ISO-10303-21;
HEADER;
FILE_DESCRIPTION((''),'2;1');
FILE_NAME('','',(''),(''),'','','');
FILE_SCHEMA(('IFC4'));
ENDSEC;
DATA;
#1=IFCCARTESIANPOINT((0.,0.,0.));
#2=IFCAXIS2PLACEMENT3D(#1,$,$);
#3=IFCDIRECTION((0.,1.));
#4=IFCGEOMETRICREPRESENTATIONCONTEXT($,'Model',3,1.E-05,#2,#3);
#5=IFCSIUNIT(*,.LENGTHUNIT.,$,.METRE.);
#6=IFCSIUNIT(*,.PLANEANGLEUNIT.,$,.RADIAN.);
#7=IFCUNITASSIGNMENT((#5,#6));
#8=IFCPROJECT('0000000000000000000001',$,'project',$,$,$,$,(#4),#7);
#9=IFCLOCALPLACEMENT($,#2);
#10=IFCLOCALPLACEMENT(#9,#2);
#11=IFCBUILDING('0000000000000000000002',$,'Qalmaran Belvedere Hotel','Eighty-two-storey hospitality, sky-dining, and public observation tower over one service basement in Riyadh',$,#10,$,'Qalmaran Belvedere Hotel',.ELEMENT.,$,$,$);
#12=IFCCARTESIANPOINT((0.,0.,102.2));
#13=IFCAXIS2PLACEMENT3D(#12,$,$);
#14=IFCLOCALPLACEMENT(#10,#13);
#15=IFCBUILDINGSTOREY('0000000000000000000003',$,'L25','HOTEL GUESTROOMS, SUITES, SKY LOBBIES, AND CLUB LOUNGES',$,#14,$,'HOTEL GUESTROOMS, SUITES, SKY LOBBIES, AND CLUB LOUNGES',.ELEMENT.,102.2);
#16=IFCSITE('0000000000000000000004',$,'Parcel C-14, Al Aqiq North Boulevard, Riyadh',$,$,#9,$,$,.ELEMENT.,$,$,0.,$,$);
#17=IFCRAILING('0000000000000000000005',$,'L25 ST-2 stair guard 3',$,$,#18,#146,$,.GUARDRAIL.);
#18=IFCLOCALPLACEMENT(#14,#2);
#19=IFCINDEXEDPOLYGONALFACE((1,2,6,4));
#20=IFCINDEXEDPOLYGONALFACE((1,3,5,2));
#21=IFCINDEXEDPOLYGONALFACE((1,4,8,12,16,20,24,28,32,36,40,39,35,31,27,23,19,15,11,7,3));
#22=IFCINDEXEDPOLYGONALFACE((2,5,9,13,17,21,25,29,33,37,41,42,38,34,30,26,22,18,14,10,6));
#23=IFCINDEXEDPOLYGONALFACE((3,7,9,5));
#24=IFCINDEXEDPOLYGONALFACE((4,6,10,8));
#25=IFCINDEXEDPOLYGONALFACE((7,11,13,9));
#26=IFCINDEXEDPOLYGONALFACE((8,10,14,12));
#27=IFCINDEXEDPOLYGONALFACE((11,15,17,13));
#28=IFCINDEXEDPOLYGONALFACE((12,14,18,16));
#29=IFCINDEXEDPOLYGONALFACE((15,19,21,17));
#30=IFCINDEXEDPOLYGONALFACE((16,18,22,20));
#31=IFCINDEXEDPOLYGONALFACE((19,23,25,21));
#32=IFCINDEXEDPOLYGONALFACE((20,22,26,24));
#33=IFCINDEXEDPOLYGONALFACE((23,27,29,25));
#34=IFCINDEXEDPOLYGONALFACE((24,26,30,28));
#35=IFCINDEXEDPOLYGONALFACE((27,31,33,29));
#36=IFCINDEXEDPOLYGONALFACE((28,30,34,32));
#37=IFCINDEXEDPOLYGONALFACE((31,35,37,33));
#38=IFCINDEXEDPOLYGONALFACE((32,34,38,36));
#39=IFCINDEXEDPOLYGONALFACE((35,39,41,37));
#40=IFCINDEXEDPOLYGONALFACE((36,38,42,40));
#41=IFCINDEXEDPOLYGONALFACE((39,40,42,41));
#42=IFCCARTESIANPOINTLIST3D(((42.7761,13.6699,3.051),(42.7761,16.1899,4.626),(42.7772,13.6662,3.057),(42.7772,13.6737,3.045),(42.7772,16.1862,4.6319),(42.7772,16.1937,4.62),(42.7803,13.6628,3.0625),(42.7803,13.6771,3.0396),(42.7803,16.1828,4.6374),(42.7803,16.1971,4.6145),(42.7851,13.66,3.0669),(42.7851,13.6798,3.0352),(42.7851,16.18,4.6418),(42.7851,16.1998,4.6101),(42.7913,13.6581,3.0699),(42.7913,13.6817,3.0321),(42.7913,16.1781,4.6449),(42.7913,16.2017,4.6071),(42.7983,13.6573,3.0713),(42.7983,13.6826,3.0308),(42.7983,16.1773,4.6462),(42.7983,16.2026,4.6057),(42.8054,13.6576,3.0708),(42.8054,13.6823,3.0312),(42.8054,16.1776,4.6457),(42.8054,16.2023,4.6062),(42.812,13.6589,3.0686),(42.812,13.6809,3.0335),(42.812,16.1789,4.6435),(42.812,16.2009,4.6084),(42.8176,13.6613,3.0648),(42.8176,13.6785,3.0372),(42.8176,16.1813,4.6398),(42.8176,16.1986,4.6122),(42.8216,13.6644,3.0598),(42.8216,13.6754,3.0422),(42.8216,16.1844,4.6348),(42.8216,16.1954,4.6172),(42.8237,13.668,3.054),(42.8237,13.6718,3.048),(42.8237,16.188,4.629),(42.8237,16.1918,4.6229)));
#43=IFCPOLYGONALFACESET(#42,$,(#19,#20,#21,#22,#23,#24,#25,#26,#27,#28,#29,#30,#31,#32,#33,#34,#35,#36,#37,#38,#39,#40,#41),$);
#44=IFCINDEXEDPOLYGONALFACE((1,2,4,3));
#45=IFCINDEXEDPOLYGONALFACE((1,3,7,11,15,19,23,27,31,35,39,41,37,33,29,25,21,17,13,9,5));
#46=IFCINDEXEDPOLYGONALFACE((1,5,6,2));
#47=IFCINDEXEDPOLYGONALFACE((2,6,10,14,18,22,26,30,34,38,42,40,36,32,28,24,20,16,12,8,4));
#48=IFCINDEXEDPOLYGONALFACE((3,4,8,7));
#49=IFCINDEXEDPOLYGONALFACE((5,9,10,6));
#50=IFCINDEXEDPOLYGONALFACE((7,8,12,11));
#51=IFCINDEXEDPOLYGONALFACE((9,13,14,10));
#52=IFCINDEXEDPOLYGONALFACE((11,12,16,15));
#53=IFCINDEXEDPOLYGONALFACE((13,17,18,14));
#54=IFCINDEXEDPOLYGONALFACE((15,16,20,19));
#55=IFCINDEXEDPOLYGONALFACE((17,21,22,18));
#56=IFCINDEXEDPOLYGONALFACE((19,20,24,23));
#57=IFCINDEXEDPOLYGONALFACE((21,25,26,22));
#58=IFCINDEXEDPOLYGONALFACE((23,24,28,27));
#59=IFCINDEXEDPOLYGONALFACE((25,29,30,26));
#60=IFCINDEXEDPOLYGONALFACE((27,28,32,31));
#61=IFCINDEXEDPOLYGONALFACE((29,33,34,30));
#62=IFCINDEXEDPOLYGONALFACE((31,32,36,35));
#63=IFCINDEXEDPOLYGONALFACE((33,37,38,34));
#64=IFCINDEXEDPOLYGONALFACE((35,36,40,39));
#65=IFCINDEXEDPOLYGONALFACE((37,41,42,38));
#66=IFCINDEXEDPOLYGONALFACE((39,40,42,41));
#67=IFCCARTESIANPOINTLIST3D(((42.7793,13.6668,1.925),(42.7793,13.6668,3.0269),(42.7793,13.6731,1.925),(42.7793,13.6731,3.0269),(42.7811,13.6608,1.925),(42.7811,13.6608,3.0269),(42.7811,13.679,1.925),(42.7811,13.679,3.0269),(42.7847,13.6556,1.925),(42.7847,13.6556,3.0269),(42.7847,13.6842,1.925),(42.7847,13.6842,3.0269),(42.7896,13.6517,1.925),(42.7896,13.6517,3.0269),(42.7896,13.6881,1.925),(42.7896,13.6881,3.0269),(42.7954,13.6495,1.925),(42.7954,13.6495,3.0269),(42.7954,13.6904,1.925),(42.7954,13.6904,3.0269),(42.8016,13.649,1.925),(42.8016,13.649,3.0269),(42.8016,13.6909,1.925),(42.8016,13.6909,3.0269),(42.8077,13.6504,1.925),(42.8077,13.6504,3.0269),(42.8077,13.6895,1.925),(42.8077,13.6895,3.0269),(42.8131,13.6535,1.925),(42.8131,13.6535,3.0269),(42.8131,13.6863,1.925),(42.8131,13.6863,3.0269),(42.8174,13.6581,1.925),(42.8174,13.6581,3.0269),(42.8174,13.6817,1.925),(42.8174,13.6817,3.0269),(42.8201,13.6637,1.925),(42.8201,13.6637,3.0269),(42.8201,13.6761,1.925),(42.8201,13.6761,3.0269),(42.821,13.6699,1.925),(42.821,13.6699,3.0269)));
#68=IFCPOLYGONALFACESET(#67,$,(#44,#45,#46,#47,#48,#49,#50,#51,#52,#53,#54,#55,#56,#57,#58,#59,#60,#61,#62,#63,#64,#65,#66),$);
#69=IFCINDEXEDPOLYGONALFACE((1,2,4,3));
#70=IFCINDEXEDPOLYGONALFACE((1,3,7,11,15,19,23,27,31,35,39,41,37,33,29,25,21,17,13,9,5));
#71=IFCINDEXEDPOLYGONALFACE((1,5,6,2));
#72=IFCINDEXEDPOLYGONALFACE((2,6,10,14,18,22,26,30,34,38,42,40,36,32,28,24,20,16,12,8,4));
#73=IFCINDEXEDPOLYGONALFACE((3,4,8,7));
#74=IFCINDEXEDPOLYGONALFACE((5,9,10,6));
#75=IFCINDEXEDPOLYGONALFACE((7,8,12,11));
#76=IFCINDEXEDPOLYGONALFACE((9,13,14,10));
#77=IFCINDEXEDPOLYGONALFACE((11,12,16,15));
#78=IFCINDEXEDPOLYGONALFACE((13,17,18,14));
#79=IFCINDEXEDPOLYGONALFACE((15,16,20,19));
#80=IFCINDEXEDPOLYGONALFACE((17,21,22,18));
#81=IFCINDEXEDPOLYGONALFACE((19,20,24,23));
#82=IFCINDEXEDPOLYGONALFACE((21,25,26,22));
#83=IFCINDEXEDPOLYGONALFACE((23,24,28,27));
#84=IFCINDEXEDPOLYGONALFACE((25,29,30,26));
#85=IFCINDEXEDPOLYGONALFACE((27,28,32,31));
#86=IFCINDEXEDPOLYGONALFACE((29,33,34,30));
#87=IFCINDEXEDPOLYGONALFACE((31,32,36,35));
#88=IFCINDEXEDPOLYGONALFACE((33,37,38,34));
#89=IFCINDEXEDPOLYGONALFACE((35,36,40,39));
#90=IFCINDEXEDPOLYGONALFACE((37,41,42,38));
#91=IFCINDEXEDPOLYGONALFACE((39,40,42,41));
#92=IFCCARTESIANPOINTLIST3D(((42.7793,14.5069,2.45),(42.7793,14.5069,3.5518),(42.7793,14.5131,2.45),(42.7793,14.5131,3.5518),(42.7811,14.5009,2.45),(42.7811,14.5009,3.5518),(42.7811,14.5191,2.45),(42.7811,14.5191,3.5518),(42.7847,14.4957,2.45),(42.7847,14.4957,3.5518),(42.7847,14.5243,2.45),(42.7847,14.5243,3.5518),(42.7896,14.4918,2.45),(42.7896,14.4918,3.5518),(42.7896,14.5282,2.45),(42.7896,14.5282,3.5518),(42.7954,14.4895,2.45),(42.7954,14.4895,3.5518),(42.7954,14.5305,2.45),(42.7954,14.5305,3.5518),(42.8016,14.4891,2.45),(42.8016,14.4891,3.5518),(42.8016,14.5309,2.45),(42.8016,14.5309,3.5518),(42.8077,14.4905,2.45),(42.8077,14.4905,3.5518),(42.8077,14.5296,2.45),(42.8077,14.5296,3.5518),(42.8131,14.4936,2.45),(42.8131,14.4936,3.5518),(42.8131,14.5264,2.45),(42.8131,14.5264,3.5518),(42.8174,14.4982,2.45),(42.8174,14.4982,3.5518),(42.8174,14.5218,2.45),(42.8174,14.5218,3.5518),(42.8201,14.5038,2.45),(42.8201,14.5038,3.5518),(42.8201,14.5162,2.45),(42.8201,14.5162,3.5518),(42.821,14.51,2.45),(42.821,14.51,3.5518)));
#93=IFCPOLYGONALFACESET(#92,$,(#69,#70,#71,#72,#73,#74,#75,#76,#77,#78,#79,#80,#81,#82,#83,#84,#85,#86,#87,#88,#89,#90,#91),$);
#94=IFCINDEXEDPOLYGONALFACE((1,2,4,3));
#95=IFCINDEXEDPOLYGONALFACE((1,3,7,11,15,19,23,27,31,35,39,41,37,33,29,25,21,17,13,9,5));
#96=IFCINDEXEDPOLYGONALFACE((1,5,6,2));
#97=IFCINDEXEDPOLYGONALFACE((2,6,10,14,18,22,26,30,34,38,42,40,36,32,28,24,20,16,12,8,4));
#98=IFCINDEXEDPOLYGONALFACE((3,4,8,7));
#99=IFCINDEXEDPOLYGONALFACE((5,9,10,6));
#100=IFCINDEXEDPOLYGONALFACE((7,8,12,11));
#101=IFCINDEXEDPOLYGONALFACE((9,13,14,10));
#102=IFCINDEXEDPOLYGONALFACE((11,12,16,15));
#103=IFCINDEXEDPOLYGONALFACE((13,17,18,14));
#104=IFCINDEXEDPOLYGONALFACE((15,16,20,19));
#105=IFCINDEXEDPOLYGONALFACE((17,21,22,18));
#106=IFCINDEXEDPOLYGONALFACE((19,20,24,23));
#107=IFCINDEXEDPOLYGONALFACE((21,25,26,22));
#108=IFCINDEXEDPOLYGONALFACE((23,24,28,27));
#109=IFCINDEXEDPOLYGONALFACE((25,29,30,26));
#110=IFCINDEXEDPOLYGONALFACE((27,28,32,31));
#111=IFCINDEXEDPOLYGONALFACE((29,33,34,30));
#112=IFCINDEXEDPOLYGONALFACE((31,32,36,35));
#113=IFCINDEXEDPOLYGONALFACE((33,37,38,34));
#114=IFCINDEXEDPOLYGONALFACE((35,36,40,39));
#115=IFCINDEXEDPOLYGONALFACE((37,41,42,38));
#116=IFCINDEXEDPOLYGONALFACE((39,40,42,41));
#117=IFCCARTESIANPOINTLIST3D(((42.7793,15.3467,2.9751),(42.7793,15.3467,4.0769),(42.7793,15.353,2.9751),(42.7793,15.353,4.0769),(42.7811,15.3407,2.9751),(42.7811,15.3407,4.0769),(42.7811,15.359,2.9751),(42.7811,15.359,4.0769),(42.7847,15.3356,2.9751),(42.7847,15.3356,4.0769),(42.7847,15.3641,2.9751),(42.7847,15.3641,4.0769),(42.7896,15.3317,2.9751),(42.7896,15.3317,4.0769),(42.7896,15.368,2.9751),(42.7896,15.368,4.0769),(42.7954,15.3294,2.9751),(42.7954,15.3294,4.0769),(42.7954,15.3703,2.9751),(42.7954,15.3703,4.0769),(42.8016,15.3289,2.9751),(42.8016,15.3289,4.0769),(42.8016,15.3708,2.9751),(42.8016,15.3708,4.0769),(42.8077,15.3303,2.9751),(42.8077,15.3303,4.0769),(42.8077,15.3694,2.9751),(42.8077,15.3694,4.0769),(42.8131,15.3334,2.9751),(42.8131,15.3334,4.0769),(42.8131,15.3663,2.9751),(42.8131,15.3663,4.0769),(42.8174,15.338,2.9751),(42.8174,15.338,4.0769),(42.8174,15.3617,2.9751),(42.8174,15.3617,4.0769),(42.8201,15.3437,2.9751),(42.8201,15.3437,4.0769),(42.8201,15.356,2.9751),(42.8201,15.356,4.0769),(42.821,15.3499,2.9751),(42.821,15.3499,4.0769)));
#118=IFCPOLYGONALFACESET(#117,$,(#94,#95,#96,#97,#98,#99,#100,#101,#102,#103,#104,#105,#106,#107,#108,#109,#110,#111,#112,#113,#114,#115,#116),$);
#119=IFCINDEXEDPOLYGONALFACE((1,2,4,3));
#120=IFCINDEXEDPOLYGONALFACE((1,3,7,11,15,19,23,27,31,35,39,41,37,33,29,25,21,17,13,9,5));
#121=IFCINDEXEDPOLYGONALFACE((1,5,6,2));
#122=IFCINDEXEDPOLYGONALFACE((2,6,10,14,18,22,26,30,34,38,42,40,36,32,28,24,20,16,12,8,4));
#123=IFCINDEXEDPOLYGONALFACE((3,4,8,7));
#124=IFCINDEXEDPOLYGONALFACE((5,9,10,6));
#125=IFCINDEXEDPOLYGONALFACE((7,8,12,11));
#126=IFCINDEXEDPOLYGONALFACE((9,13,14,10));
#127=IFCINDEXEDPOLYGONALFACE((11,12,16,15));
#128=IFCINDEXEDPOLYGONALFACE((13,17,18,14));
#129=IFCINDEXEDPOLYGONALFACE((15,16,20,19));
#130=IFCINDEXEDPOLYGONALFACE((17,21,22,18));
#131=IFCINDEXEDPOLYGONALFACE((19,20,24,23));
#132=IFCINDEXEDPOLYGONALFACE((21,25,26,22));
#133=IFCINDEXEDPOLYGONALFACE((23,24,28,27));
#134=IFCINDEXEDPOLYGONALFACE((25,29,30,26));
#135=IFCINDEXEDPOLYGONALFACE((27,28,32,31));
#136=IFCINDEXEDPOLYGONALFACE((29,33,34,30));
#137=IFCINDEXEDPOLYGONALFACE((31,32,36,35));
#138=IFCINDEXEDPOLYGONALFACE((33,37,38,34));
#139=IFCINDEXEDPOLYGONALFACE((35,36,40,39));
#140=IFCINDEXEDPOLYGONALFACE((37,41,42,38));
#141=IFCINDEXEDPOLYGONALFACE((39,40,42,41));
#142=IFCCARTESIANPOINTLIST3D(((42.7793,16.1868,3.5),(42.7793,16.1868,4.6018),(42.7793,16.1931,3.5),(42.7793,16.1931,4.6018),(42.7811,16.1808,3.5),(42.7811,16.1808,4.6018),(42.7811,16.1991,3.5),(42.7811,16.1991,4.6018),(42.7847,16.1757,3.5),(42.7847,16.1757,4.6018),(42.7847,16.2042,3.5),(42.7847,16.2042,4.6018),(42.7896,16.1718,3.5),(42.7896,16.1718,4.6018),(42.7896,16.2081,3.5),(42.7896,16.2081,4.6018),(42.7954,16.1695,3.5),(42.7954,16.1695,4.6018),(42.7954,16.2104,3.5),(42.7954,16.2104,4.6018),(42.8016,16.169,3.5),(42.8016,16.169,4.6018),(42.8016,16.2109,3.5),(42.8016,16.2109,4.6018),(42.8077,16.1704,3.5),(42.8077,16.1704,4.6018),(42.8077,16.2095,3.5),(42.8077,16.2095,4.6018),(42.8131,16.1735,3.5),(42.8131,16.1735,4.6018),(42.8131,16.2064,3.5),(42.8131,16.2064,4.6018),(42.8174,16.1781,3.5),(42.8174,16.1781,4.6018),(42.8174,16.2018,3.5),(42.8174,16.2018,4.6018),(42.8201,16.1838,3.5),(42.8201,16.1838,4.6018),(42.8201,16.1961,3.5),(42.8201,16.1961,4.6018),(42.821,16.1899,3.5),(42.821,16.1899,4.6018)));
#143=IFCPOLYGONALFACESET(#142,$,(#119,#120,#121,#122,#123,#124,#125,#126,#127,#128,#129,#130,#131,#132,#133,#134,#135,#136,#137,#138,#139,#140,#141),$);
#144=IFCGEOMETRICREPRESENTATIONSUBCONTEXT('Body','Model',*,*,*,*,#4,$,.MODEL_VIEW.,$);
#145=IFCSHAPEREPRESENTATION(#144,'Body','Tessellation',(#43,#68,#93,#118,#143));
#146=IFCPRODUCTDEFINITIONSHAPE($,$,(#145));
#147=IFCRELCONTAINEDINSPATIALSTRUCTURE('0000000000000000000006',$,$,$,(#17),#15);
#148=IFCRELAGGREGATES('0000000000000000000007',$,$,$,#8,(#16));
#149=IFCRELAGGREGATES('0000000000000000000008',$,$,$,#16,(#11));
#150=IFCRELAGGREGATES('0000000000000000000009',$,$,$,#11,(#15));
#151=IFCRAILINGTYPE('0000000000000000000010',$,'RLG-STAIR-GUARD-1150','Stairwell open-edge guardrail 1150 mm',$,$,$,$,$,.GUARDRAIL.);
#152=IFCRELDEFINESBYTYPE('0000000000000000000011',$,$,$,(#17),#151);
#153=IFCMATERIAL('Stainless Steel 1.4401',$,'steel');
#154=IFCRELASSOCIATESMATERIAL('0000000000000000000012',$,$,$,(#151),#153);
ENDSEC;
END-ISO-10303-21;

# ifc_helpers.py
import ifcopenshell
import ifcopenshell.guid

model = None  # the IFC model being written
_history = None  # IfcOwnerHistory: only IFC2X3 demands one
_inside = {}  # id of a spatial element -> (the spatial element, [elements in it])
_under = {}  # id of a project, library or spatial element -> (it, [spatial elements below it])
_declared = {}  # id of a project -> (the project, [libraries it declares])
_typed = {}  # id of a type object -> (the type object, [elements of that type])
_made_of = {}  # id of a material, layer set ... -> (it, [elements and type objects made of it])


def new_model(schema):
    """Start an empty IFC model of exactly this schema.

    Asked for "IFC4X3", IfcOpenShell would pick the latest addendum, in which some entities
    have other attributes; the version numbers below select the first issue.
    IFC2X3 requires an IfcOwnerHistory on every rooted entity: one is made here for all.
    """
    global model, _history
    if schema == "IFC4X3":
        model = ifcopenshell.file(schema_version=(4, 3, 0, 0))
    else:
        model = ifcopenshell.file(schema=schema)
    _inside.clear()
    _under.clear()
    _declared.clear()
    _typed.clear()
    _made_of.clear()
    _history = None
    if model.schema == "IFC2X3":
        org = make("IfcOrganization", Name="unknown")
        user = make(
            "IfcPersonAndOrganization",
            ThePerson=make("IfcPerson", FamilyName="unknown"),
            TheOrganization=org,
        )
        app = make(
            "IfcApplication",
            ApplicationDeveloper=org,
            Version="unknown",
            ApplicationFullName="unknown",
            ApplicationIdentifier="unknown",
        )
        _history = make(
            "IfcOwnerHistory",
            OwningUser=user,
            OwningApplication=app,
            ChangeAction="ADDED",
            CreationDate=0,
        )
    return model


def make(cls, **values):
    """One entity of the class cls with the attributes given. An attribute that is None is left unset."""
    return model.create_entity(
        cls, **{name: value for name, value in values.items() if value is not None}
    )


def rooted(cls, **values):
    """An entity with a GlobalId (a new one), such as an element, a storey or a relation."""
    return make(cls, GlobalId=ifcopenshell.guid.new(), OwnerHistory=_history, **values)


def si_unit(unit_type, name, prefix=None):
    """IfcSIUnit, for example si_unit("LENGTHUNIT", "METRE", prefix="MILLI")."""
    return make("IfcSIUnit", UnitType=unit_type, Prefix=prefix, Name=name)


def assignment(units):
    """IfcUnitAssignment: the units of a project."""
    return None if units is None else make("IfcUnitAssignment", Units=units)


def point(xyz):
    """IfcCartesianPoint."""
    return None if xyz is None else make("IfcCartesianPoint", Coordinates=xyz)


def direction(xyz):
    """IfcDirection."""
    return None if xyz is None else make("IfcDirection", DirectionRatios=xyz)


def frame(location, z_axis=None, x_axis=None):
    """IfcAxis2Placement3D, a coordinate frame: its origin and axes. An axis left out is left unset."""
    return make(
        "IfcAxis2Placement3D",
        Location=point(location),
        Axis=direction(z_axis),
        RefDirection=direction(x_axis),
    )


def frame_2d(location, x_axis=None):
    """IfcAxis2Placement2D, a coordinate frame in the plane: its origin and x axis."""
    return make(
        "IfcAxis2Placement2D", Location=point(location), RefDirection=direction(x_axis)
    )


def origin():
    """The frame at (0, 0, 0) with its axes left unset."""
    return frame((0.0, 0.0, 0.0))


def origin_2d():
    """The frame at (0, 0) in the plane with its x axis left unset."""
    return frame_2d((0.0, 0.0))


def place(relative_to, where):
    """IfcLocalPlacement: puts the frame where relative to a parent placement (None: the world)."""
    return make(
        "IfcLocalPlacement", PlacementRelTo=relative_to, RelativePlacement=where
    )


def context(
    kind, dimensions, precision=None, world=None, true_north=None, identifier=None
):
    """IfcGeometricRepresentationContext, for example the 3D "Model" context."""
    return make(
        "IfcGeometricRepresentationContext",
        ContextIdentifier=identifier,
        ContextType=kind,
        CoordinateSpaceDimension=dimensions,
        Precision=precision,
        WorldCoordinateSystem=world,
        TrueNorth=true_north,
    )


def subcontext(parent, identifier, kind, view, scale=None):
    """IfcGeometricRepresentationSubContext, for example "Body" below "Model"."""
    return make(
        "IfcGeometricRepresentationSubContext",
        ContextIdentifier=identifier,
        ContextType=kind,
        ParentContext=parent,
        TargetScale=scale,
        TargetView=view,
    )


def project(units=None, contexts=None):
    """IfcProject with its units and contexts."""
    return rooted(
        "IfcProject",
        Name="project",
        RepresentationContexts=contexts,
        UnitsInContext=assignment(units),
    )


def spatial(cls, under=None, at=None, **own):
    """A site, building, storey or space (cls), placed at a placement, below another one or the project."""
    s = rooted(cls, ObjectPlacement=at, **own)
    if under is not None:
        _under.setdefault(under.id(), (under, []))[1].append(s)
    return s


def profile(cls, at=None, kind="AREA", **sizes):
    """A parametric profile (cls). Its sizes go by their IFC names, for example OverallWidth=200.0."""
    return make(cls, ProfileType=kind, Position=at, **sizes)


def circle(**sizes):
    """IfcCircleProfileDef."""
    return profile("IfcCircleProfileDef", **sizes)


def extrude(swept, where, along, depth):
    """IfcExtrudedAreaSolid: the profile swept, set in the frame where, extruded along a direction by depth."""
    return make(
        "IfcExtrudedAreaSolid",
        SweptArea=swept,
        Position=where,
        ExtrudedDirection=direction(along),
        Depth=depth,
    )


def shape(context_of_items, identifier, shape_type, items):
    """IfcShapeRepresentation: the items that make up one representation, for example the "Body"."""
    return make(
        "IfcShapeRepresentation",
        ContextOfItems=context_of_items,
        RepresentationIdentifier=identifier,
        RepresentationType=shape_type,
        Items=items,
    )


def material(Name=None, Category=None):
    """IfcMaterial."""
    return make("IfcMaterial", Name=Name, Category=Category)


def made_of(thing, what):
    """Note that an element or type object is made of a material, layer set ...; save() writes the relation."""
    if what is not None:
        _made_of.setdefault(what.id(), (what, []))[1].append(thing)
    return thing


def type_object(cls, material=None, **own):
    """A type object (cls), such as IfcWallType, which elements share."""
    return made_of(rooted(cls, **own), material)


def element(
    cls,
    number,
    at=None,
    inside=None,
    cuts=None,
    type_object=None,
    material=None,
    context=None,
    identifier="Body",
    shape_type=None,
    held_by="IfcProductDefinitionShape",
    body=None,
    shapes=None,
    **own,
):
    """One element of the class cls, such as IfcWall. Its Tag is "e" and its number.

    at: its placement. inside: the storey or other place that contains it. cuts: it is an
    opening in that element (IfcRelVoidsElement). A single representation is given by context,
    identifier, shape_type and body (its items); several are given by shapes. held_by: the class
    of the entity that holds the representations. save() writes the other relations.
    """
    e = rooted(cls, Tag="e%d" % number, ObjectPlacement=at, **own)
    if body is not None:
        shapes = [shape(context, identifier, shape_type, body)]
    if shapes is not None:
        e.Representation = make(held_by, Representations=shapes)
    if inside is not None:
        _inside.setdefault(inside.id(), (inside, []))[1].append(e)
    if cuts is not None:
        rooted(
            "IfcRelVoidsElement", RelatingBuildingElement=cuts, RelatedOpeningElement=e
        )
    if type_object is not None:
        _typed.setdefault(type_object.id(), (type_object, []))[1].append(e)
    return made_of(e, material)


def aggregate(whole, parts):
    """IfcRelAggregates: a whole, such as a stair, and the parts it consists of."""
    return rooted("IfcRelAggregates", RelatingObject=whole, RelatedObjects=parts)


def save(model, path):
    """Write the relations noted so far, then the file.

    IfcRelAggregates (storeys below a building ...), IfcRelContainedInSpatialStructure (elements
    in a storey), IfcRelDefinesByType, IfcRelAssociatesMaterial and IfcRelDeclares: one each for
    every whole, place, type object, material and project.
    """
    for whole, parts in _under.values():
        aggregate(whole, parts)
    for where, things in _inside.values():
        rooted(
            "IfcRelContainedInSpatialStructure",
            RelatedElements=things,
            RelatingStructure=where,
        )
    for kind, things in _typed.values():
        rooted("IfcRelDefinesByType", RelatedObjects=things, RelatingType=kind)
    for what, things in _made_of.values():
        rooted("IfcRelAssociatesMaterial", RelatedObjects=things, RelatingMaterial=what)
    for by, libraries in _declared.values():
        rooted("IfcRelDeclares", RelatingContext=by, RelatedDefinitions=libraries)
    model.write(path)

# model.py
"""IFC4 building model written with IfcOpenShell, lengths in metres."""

from ifc_helpers import new_model, si_unit, direction, frame, origin, origin_2d, place, context, subcontext, project, spatial, circle, extrude, material, type_object, element, save


model = new_model("IFC4")

# Units and contexts
model_context = context("Model", 3, precision=1e-05, world=origin(), true_north=direction((0.0, 1.0)))
body_context = subcontext(model_context, "Body", "Model", "MODEL_VIEW")
ifc_project = project(units=[si_unit("LENGTHUNIT", "METRE"), si_unit("PLANEANGLEUNIT", "RADIAN")], contexts=[model_context])

# Site, building, storey
site_placement = place(None, origin())
site = spatial("IfcSite", under=ifc_project, at=site_placement, Name="Parcel C-14, Al Aqiq North Boulevard, Riyadh", CompositionType="ELEMENT", RefElevation=0.0)
building_placement = place(site_placement, origin())
building = spatial("IfcBuilding", under=site, at=building_placement, Name="Qalmaran Belvedere Hotel", Description="Eighty-two-storey hospitality, sky-dining, and public observation tower over one service basement in Riyadh", LongName="Qalmaran Belvedere Hotel", CompositionType="ELEMENT")
storey_placement = place(building_placement, frame((0.0, 0.0, 102.2)))
storey = spatial("IfcBuildingStorey", under=building, at=storey_placement, Name="L25", Description="HOTEL GUESTROOMS, SUITES, SKY LOBBIES, AND CLUB LOUNGES", LongName="HOTEL GUESTROOMS, SUITES, SKY LOBBIES, AND CLUB LOUNGES", CompositionType="ELEMENT", Elevation=102.2)

# Shared definitions
ifc_material_1 = material(Name="Stainless Steel 1.4401", Category="steel")

# Railing
railing_type_1 = type_object("IfcRailingType", Name="RLG-STAIR-GUARD-1150", Description="Stairwell open-edge guardrail 1150 mm", PredefinedType="GUARDRAIL", material=ifc_material_1)
railing_1_placement = place(storey_placement, frame((42.8, 13.6699, 1.925)))
element("IfcRailing", 1, at=railing_1_placement, inside=storey, type_object=railing_type_1, Name="L25 ST-2 stair guard 3", PredefinedType="GUARDRAIL", context=body_context, shape_type="SweptSolid", body=[
    extrude(circle(Radius=0.0239, at=origin_2d()), frame((0.0, 0.0, 1.126), z_axis=(0.0, 0.848008, 0.529984), x_axis=(-1.0, 0.0, 0.0)), (0.0, 0.0, 1.0), 2.9717),
    extrude(circle(Radius=0.021, at=origin_2d()), origin(), (0.0, 0.0, 1.0), 1.1018),
    extrude(circle(Radius=0.021, at=origin_2d()), frame((0.0, 0.8401, 0.5249)), (0.0, 0.0, 1.0), 1.1018),
    extrude(circle(Radius=0.021, at=origin_2d()), frame((0.0, 1.6799, 1.05)), (0.0, 0.0, 1.0), 1.1018),
    extrude(circle(Radius=0.021, at=origin_2d()), frame((0.0, 2.52, 1.575)), (0.0, 0.0, 1.0), 1.1018),
])

save(model, "model.ifc")
